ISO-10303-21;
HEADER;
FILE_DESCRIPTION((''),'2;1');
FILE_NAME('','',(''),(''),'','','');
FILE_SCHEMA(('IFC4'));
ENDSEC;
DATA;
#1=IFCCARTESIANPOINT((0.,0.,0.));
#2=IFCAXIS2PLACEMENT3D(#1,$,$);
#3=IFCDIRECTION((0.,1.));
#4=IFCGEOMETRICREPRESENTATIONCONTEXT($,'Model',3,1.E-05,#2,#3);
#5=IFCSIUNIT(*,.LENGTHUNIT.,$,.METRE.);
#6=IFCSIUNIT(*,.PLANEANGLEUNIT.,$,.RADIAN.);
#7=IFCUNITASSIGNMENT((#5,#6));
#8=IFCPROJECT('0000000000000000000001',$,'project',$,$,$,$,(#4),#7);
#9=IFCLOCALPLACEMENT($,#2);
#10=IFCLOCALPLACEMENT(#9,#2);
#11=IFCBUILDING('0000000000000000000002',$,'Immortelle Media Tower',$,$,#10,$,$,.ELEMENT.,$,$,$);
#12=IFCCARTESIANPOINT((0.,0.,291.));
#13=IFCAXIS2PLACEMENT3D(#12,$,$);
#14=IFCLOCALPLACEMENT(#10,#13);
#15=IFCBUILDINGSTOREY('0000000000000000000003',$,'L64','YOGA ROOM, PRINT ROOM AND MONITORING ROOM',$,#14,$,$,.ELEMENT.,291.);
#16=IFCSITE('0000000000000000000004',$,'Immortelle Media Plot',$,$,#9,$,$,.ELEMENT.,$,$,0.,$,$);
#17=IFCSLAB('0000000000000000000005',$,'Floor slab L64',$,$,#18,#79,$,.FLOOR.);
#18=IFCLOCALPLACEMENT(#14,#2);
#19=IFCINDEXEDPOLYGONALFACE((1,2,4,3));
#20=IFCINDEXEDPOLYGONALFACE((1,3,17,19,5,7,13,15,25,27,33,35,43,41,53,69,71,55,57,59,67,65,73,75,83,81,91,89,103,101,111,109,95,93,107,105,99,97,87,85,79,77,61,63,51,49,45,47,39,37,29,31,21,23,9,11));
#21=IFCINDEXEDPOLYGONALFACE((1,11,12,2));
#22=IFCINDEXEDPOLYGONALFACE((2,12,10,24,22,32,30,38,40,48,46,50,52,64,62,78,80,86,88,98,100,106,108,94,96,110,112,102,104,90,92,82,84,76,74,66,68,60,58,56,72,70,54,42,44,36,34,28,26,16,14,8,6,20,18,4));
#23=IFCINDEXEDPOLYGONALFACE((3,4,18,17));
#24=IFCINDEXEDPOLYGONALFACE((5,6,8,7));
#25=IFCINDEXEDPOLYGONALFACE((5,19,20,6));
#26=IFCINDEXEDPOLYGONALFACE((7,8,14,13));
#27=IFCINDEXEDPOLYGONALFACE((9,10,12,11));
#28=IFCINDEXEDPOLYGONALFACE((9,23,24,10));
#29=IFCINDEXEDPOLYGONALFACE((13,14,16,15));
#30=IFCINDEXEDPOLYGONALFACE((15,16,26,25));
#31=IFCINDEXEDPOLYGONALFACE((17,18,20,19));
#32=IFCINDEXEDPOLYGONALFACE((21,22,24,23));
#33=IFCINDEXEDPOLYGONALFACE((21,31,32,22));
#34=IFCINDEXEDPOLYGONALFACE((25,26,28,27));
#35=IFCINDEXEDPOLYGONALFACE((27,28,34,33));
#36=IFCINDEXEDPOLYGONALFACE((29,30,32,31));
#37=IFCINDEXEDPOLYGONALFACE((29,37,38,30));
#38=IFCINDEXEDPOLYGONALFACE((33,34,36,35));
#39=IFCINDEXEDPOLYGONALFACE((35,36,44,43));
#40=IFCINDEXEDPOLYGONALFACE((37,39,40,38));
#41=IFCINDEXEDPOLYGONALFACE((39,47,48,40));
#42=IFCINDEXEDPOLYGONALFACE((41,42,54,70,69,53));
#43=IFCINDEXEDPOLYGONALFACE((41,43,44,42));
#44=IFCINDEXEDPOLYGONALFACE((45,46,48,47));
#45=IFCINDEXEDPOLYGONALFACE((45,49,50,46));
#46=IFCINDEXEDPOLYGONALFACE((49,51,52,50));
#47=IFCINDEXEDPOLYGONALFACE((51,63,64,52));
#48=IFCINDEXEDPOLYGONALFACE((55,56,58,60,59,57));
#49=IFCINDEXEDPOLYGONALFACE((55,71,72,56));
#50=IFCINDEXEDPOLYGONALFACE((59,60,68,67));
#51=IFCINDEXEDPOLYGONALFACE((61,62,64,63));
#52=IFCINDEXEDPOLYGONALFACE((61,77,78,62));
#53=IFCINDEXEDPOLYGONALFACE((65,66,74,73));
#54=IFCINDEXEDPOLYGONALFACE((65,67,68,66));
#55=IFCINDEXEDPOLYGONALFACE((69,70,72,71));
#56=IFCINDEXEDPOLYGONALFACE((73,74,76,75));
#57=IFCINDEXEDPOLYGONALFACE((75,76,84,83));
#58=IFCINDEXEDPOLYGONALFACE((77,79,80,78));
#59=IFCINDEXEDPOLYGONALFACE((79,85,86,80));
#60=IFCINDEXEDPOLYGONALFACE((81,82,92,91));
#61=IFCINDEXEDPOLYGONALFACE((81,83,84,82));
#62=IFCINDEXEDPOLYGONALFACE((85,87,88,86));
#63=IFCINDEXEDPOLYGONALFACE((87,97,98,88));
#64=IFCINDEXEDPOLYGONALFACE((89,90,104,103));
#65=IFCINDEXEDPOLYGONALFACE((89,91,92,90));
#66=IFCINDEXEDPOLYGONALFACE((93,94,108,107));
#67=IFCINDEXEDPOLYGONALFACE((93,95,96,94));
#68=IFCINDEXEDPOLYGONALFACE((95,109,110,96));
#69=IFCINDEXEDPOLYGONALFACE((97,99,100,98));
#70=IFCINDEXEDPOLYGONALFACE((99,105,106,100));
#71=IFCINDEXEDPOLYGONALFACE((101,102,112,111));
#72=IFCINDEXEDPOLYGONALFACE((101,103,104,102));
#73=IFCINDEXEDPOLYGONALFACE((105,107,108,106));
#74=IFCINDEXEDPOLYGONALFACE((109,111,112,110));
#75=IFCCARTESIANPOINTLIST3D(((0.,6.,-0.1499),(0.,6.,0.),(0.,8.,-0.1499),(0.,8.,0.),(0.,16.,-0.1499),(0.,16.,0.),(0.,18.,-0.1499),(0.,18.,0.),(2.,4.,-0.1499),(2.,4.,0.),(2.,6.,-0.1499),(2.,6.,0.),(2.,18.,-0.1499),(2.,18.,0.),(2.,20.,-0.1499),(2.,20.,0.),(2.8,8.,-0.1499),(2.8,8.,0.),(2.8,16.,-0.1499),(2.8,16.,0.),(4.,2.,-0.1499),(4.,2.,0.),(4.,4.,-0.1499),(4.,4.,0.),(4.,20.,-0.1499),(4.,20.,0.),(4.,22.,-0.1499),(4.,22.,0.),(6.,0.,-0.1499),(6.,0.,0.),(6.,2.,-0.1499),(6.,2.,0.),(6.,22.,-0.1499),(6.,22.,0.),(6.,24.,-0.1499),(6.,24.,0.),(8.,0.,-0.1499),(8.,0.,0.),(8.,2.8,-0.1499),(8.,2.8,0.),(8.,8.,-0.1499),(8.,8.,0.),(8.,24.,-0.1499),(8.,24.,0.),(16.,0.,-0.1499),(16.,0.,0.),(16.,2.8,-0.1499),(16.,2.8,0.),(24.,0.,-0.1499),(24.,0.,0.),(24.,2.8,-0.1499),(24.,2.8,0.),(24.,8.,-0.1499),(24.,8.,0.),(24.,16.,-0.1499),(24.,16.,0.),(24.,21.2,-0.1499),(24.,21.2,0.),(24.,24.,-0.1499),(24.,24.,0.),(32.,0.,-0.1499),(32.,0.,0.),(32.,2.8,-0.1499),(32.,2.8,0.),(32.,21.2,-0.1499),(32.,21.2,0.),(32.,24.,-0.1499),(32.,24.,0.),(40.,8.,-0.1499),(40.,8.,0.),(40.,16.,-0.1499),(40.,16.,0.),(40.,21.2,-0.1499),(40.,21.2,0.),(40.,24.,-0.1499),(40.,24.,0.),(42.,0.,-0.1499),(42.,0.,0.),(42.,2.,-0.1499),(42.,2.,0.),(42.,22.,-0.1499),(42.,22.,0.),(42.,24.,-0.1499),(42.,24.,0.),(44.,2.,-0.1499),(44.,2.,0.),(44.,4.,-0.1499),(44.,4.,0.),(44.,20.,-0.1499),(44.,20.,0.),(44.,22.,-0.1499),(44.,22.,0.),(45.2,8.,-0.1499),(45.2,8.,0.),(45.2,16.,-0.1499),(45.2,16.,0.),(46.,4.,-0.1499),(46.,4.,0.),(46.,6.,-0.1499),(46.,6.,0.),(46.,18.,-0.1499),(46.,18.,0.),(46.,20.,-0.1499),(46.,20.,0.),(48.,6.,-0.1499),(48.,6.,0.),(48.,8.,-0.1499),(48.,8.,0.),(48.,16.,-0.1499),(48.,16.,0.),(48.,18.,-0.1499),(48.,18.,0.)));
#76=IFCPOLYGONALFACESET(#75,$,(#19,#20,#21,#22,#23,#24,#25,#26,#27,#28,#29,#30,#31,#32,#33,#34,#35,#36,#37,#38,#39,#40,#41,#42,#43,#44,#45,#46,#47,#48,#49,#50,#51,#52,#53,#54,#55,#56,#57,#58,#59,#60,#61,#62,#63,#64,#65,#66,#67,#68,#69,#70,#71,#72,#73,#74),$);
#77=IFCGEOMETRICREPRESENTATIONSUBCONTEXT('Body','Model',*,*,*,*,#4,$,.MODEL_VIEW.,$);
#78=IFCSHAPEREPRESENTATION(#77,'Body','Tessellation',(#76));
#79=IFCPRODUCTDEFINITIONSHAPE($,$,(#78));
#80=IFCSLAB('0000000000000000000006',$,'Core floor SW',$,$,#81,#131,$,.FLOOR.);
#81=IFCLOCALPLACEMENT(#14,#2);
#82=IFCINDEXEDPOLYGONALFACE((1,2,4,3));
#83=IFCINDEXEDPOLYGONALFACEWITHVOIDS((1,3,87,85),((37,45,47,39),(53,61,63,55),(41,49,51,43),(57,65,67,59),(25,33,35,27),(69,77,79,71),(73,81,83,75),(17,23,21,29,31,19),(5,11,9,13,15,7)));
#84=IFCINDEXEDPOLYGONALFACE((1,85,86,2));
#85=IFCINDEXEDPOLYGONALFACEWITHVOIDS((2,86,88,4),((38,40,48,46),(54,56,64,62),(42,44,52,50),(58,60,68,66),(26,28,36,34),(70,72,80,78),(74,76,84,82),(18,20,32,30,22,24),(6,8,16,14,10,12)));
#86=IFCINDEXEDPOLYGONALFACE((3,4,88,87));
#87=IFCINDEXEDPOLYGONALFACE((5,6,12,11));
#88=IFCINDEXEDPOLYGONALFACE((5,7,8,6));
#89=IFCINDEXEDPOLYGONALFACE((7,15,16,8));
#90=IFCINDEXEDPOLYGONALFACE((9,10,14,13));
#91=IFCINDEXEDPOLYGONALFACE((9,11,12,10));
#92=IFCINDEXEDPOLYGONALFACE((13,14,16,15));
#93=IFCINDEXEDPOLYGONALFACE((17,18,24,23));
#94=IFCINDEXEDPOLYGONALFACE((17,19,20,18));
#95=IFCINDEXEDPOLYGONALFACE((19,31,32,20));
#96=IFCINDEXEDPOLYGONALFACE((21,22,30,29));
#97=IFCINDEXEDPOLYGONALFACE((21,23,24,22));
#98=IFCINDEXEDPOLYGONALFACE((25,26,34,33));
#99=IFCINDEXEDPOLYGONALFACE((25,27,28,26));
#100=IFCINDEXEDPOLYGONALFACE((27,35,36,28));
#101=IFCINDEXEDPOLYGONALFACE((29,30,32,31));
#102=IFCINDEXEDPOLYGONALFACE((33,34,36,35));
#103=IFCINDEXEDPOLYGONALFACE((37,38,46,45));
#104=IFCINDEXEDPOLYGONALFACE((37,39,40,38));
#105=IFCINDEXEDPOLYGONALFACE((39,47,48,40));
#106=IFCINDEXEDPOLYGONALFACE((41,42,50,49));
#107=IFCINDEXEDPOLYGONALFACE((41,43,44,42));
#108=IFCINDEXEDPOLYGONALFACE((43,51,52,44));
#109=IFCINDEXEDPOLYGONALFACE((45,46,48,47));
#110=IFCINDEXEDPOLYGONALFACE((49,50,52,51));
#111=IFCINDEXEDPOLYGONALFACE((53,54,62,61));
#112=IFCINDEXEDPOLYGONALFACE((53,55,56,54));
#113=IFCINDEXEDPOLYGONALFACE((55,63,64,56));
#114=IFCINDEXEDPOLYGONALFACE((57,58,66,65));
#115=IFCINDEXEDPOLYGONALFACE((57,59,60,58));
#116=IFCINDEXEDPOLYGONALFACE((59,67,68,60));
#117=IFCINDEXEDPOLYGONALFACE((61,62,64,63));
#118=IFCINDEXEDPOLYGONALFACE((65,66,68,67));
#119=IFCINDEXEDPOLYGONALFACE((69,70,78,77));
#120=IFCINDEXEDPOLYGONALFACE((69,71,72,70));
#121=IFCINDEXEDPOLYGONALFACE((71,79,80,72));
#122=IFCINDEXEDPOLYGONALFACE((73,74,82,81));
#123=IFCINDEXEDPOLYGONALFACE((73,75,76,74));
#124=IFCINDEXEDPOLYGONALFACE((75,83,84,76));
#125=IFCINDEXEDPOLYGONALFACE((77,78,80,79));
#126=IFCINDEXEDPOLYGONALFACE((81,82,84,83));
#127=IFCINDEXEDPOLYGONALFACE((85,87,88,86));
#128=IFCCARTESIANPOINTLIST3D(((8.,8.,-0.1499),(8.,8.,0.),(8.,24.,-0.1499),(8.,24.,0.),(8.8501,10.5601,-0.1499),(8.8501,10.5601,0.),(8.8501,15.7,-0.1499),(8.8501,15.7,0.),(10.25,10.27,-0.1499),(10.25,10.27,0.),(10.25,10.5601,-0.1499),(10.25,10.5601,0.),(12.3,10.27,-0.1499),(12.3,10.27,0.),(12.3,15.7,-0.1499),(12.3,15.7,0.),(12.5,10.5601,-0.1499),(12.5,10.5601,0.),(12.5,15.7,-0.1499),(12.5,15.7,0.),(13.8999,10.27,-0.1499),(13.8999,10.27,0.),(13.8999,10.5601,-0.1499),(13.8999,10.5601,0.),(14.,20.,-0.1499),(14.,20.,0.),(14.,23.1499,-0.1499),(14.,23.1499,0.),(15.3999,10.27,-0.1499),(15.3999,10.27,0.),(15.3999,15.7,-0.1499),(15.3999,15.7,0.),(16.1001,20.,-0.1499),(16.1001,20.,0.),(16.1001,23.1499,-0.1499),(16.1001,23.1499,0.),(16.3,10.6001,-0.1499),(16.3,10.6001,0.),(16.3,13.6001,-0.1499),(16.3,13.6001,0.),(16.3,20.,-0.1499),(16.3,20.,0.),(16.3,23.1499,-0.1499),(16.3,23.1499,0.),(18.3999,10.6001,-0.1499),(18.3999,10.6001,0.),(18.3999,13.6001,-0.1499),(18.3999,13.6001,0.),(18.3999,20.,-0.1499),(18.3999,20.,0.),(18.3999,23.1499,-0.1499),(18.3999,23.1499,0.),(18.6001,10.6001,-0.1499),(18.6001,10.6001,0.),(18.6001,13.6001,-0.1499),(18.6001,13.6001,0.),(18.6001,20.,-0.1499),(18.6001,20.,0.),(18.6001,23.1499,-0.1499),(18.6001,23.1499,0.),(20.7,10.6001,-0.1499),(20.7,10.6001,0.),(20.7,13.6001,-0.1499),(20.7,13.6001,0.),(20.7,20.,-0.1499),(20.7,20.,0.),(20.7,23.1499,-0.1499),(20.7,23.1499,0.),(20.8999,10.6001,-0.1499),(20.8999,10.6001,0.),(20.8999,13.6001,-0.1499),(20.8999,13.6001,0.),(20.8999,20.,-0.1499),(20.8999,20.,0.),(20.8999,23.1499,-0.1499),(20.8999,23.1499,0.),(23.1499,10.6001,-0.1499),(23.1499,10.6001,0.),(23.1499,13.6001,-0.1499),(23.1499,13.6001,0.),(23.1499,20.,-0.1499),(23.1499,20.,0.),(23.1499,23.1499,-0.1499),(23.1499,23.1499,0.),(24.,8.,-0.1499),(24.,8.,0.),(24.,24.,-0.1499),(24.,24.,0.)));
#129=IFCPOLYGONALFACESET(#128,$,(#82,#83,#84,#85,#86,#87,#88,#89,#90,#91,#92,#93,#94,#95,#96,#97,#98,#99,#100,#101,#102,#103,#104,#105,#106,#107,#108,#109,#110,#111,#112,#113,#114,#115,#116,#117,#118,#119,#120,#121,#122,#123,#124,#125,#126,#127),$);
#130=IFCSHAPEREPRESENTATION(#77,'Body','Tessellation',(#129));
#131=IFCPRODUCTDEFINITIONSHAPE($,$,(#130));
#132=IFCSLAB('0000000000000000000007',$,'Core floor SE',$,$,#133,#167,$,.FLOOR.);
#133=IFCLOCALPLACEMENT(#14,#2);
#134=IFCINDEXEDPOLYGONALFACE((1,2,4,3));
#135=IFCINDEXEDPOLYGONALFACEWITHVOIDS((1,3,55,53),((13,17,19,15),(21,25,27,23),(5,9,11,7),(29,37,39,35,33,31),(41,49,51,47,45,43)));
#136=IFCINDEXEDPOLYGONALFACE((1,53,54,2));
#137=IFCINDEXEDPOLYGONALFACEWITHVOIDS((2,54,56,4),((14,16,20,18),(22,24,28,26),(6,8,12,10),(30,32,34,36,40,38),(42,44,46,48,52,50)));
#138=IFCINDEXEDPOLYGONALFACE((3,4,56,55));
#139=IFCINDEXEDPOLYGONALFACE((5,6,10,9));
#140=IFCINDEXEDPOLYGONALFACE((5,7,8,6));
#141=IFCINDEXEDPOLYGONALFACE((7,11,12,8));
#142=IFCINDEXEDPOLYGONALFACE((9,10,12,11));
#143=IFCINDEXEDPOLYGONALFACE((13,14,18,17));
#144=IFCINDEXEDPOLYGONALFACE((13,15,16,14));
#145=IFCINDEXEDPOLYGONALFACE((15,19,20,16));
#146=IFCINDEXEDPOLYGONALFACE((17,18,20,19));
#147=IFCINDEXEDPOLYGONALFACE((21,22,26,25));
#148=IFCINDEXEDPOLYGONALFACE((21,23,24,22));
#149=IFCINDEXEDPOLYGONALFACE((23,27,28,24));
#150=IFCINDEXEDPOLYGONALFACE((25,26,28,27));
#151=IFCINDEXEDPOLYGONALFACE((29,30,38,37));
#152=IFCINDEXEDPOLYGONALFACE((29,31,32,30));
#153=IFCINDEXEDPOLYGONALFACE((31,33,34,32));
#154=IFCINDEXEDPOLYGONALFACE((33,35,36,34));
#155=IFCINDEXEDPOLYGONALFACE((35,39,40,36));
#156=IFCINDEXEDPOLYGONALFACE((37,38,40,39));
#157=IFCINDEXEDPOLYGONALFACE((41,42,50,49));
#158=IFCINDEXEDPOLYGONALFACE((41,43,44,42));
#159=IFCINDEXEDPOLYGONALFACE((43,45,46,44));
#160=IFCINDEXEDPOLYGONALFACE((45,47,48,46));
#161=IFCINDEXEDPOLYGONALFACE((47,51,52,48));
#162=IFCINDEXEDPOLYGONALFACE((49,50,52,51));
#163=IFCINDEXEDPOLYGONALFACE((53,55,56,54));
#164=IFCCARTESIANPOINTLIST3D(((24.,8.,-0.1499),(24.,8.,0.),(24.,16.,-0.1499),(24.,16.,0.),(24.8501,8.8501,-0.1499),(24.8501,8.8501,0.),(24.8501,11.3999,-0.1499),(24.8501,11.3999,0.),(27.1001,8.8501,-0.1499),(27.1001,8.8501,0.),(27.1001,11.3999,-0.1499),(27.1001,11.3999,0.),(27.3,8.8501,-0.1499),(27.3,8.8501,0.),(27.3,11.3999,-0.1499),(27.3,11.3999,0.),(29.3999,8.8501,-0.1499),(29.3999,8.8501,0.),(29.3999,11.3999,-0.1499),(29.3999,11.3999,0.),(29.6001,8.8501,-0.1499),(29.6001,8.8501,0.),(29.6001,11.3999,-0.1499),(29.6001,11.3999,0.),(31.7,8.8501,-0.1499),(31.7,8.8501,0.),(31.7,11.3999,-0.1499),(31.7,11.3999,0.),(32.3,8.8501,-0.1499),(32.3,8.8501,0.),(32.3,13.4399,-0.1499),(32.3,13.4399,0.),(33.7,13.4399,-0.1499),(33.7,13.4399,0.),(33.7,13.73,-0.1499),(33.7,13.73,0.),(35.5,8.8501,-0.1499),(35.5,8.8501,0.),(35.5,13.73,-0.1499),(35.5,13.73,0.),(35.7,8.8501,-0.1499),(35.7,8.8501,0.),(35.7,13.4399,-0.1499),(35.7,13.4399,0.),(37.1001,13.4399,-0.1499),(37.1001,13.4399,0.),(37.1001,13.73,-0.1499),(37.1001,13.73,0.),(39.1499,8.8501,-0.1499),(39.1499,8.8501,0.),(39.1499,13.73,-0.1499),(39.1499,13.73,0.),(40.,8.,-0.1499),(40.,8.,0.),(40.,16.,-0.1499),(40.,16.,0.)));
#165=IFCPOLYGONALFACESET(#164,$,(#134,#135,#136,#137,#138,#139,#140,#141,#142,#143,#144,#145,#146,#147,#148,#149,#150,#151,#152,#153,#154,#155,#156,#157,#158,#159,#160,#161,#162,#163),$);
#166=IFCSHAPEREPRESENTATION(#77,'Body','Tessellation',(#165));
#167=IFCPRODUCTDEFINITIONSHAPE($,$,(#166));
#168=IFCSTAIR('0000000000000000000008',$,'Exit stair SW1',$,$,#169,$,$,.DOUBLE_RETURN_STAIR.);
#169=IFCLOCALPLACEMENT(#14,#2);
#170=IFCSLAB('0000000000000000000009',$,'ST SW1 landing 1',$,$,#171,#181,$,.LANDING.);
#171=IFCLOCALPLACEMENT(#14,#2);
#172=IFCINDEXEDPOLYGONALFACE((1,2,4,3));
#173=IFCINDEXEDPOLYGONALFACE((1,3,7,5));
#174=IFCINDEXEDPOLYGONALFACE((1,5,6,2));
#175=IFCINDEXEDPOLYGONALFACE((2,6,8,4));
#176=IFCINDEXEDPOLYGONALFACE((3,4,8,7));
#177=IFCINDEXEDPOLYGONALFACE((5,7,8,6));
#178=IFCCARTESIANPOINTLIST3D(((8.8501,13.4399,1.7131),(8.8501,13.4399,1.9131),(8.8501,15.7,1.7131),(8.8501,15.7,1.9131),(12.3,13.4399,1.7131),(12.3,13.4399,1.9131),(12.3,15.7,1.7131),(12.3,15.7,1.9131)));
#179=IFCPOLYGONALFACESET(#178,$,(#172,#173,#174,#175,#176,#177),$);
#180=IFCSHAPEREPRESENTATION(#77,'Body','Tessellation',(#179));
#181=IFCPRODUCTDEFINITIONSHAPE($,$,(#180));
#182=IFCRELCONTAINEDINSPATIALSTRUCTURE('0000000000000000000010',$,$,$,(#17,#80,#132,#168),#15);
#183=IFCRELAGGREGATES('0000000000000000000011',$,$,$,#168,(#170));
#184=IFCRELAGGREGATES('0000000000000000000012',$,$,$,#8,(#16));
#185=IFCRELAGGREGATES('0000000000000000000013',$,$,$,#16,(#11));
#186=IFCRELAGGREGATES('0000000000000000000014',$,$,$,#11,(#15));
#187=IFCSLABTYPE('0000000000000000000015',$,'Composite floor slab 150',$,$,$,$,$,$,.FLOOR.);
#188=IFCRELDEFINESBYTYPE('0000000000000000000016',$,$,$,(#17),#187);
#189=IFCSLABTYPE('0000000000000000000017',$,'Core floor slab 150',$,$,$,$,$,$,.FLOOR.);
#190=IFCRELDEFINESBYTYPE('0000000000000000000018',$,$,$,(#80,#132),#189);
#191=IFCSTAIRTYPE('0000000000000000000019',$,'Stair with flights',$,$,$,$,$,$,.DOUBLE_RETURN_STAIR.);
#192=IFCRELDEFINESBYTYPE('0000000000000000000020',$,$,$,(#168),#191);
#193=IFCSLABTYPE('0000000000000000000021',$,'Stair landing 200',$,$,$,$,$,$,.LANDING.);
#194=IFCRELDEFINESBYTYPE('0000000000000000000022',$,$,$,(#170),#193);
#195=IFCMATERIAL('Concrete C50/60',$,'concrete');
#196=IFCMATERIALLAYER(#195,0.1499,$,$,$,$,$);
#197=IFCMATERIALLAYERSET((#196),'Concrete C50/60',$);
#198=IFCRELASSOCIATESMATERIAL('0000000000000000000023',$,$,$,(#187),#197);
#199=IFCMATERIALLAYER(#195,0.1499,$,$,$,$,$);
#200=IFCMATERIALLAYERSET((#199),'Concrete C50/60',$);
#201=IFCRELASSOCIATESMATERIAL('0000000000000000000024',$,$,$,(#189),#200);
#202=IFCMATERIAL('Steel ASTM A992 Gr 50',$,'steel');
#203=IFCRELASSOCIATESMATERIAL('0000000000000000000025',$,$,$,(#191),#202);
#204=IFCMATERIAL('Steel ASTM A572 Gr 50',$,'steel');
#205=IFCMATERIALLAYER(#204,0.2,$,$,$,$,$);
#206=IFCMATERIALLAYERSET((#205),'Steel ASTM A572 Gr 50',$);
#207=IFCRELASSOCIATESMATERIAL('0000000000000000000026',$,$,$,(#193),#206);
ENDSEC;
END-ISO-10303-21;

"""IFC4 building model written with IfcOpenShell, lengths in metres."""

from ifc_helpers import new_model, si_unit, direction, frame, origin, place, context, subcontext, project, spatial, polyline, outline, extrude, material, layer, layer_set, type_object, element, aggregate, save


model = new_model("IFC4")

# Units and contexts
model_context = context("Model", 3, precision=1e-05, world=origin(), true_north=direction((0.0, 1.0)))
body_context = subcontext(model_context, "Body", "Model", "MODEL_VIEW")
ifc_project = project(units=[si_unit("LENGTHUNIT", "METRE"), si_unit("PLANEANGLEUNIT", "RADIAN")], contexts=[model_context])

# Site, building, storey
site_placement = place(None, origin())
site = spatial("IfcSite", under=ifc_project, at=site_placement, Name="Immortelle Media Plot", CompositionType="ELEMENT", RefElevation=0.0)
building_placement = place(site_placement, origin())
building = spatial("IfcBuilding", under=site, at=building_placement, Name="Immortelle Media Tower", CompositionType="ELEMENT")
storey_placement = place(building_placement, frame((0.0, 0.0, 291.0)))
storey = spatial("IfcBuildingStorey", under=building, at=storey_placement, Name="L64", Description="YOGA ROOM, PRINT ROOM AND MONITORING ROOM", CompositionType="ELEMENT", Elevation=291.0)

# Shared definitions
ifc_material_1 = material(Name="Steel ASTM A992 Gr 50", Category="steel")

# Slabs
ifc_material_2 = material(Name="Concrete C50/60", Category="concrete")
ifc_layer_1 = layer(ifc_material_2, 0.1499)
ifc_layer_set_1 = layer_set([ifc_layer_1], Name="Concrete C50/60")
slab_type_1 = type_object("IfcSlabType", Name="Composite floor slab 150", PredefinedType="FLOOR", material=ifc_layer_set_1)
slab_1_placement = place(storey_placement, frame((0.0, 0.0, -0.1499)))
element("IfcSlab", 1, at=slab_1_placement, inside=storey, type_object=slab_type_1, Name="Floor slab L64", PredefinedType="FLOOR", context=body_context, shape_type="SweptSolid", body=[
    extrude(outline(polyline([(6.0, 0.0), (6.0, 2.0), (4.0, 2.0), (4.0, 4.0), (2.0, 4.0), (2.0, 6.0), (0.0, 6.0), (0.0, 8.0), (2.8, 8.0), (2.8, 16.0), (0.0, 16.0), (0.0, 18.0), (2.0, 18.0), (2.0, 20.0), (4.0, 20.0), (4.0, 22.0), (6.0, 22.0), (6.0, 24.0), (8.0, 24.0), (8.0, 8.0), (24.0, 8.0), (40.0, 8.0), (40.0, 16.0), (24.0, 16.0), (24.0, 21.2), (24.0, 24.0), (32.0, 24.0), (32.0, 21.2), (40.0, 21.2), (40.0, 24.0), (42.0, 24.0), (42.0, 22.0), (44.0, 22.0), (44.0, 20.0), (46.0, 20.0), (46.0, 18.0), (48.0, 18.0), (48.0, 16.0), (45.2, 16.0), (45.2, 8.0), (48.0, 8.0), (48.0, 6.0), (46.0, 6.0), (46.0, 4.0), (44.0, 4.0), (44.0, 2.0), (42.0, 2.0), (42.0, 0.0), (32.0, 0.0), (32.0, 2.8), (24.0, 2.8), (24.0, 0.0), (16.0, 0.0), (16.0, 2.8), (8.0, 2.8), (8.0, 0.0), (6.0, 0.0)])), origin(), (0.0, 0.0, 1.0), 0.1499),
])
ifc_layer_2 = layer(ifc_material_2, 0.1499)
ifc_layer_set_2 = layer_set([ifc_layer_2], Name="Concrete C50/60")
slab_type_2 = type_object("IfcSlabType", Name="Core floor slab 150", PredefinedType="FLOOR", material=ifc_layer_set_2)
slab_2_placement = place(storey_placement, frame((0.0, 0.0, -0.1499)))
element("IfcSlab", 2, at=slab_2_placement, inside=storey, type_object=slab_type_2, Name="Core floor SW", PredefinedType="FLOOR", context=body_context, shape_type="SweptSolid", body=[
    extrude(outline(polyline([(8.0, 8.0), (24.0, 8.0), (24.0, 24.0), (8.0, 24.0), (8.0, 8.0)]), holes=[polyline([(14.0, 20.0), (16.1001, 20.0), (16.1001, 23.1499), (14.0, 23.1499), (14.0, 20.0)]), polyline([(16.3, 20.0), (18.3999, 20.0), (18.3999, 23.1499), (16.3, 23.1499), (16.3, 20.0)]), polyline([(18.6001, 20.0), (20.7, 20.0), (20.7, 23.1499), (18.6001, 23.1499), (18.6001, 20.0)]), polyline([(20.8999, 20.0), (23.1499, 20.0), (23.1499, 23.1499), (20.8999, 23.1499), (20.8999, 20.0)]), polyline([(16.3, 10.6001), (18.3999, 10.6001), (18.3999, 13.6001), (16.3, 13.6001), (16.3, 10.6001)]), polyline([(18.6001, 10.6001), (20.7, 10.6001), (20.7, 13.6001), (18.6001, 13.6001), (18.6001, 10.6001)]), polyline([(20.8999, 10.6001), (23.1499, 10.6001), (23.1499, 13.6001), (20.8999, 13.6001), (20.8999, 10.6001)]), polyline([(8.8501, 15.7), (12.3, 15.7), (12.3, 10.27), (10.25, 10.27), (10.25, 10.5601), (8.8501, 10.5601), (8.8501, 15.7)]), polyline([(12.5, 15.7), (15.3999, 15.7), (15.3999, 10.27), (13.8999, 10.27), (13.8999, 10.5601), (12.5, 10.5601), (12.5, 15.7)])]), origin(), (0.0, 0.0, 1.0), 0.1499),
])
slab_3_placement = place(storey_placement, frame((0.0, 0.0, -0.1499)))
element("IfcSlab", 3, at=slab_3_placement, inside=storey, type_object=slab_type_2, Name="Core floor SE", PredefinedType="FLOOR", context=body_context, shape_type="SweptSolid", body=[
    extrude(outline(polyline([(24.0, 8.0), (40.0, 8.0), (40.0, 16.0), (24.0, 16.0), (24.0, 8.0)]), holes=[polyline([(24.8501, 8.8501), (27.1001, 8.8501), (27.1001, 11.3999), (24.8501, 11.3999), (24.8501, 8.8501)]), polyline([(27.3, 8.8501), (29.3999, 8.8501), (29.3999, 11.3999), (27.3, 11.3999), (27.3, 8.8501)]), polyline([(29.6001, 8.8501), (31.7, 8.8501), (31.7, 11.3999), (29.6001, 11.3999), (29.6001, 8.8501)]), polyline([(35.5, 13.73), (35.5, 8.8501), (32.3, 8.8501), (32.3, 13.4399), (33.7, 13.4399), (33.7, 13.73), (35.5, 13.73)]), polyline([(39.1499, 13.73), (39.1499, 8.8501), (35.7, 8.8501), (35.7, 13.4399), (37.1001, 13.4399), (37.1001, 13.73), (39.1499, 13.73)])]), origin(), (0.0, 0.0, 1.0), 0.1499),
])

# Stair, slab
stair_type = type_object("IfcStairType", Name="Stair with flights", PredefinedType="DOUBLE_RETURN_STAIR", material=ifc_material_1)
stair_1_placement = place(storey_placement, origin())
stair_1 = element("IfcStair", 4, at=stair_1_placement, inside=storey, type_object=stair_type, Name="Exit stair SW1", PredefinedType="DOUBLE_RETURN_STAIR")
ifc_material_3 = material(Name="Steel ASTM A572 Gr 50", Category="steel")
ifc_layer_3 = layer(ifc_material_3, 0.2)
ifc_layer_set_3 = layer_set([ifc_layer_3], Name="Steel ASTM A572 Gr 50")
slab_type_3 = type_object("IfcSlabType", Name="Stair landing 200", PredefinedType="LANDING", material=ifc_layer_set_3)
slab_4_placement = place(storey_placement, frame((0.0, 0.0, 1.7131)))
slab_4 = element("IfcSlab", 5, at=slab_4_placement, type_object=slab_type_3, Name="ST SW1 landing 1", PredefinedType="LANDING", context=body_context, shape_type="SweptSolid", body=[
    extrude(outline(polyline([(8.8501, 13.4399), (12.3, 13.4399), (12.3, 15.7), (8.8501, 15.7), (8.8501, 13.4399)])), origin(), (0.0, 0.0, 1.0), 0.2),
])
aggregate(stair_1, [slab_4])

save(model, "model.ifc")
